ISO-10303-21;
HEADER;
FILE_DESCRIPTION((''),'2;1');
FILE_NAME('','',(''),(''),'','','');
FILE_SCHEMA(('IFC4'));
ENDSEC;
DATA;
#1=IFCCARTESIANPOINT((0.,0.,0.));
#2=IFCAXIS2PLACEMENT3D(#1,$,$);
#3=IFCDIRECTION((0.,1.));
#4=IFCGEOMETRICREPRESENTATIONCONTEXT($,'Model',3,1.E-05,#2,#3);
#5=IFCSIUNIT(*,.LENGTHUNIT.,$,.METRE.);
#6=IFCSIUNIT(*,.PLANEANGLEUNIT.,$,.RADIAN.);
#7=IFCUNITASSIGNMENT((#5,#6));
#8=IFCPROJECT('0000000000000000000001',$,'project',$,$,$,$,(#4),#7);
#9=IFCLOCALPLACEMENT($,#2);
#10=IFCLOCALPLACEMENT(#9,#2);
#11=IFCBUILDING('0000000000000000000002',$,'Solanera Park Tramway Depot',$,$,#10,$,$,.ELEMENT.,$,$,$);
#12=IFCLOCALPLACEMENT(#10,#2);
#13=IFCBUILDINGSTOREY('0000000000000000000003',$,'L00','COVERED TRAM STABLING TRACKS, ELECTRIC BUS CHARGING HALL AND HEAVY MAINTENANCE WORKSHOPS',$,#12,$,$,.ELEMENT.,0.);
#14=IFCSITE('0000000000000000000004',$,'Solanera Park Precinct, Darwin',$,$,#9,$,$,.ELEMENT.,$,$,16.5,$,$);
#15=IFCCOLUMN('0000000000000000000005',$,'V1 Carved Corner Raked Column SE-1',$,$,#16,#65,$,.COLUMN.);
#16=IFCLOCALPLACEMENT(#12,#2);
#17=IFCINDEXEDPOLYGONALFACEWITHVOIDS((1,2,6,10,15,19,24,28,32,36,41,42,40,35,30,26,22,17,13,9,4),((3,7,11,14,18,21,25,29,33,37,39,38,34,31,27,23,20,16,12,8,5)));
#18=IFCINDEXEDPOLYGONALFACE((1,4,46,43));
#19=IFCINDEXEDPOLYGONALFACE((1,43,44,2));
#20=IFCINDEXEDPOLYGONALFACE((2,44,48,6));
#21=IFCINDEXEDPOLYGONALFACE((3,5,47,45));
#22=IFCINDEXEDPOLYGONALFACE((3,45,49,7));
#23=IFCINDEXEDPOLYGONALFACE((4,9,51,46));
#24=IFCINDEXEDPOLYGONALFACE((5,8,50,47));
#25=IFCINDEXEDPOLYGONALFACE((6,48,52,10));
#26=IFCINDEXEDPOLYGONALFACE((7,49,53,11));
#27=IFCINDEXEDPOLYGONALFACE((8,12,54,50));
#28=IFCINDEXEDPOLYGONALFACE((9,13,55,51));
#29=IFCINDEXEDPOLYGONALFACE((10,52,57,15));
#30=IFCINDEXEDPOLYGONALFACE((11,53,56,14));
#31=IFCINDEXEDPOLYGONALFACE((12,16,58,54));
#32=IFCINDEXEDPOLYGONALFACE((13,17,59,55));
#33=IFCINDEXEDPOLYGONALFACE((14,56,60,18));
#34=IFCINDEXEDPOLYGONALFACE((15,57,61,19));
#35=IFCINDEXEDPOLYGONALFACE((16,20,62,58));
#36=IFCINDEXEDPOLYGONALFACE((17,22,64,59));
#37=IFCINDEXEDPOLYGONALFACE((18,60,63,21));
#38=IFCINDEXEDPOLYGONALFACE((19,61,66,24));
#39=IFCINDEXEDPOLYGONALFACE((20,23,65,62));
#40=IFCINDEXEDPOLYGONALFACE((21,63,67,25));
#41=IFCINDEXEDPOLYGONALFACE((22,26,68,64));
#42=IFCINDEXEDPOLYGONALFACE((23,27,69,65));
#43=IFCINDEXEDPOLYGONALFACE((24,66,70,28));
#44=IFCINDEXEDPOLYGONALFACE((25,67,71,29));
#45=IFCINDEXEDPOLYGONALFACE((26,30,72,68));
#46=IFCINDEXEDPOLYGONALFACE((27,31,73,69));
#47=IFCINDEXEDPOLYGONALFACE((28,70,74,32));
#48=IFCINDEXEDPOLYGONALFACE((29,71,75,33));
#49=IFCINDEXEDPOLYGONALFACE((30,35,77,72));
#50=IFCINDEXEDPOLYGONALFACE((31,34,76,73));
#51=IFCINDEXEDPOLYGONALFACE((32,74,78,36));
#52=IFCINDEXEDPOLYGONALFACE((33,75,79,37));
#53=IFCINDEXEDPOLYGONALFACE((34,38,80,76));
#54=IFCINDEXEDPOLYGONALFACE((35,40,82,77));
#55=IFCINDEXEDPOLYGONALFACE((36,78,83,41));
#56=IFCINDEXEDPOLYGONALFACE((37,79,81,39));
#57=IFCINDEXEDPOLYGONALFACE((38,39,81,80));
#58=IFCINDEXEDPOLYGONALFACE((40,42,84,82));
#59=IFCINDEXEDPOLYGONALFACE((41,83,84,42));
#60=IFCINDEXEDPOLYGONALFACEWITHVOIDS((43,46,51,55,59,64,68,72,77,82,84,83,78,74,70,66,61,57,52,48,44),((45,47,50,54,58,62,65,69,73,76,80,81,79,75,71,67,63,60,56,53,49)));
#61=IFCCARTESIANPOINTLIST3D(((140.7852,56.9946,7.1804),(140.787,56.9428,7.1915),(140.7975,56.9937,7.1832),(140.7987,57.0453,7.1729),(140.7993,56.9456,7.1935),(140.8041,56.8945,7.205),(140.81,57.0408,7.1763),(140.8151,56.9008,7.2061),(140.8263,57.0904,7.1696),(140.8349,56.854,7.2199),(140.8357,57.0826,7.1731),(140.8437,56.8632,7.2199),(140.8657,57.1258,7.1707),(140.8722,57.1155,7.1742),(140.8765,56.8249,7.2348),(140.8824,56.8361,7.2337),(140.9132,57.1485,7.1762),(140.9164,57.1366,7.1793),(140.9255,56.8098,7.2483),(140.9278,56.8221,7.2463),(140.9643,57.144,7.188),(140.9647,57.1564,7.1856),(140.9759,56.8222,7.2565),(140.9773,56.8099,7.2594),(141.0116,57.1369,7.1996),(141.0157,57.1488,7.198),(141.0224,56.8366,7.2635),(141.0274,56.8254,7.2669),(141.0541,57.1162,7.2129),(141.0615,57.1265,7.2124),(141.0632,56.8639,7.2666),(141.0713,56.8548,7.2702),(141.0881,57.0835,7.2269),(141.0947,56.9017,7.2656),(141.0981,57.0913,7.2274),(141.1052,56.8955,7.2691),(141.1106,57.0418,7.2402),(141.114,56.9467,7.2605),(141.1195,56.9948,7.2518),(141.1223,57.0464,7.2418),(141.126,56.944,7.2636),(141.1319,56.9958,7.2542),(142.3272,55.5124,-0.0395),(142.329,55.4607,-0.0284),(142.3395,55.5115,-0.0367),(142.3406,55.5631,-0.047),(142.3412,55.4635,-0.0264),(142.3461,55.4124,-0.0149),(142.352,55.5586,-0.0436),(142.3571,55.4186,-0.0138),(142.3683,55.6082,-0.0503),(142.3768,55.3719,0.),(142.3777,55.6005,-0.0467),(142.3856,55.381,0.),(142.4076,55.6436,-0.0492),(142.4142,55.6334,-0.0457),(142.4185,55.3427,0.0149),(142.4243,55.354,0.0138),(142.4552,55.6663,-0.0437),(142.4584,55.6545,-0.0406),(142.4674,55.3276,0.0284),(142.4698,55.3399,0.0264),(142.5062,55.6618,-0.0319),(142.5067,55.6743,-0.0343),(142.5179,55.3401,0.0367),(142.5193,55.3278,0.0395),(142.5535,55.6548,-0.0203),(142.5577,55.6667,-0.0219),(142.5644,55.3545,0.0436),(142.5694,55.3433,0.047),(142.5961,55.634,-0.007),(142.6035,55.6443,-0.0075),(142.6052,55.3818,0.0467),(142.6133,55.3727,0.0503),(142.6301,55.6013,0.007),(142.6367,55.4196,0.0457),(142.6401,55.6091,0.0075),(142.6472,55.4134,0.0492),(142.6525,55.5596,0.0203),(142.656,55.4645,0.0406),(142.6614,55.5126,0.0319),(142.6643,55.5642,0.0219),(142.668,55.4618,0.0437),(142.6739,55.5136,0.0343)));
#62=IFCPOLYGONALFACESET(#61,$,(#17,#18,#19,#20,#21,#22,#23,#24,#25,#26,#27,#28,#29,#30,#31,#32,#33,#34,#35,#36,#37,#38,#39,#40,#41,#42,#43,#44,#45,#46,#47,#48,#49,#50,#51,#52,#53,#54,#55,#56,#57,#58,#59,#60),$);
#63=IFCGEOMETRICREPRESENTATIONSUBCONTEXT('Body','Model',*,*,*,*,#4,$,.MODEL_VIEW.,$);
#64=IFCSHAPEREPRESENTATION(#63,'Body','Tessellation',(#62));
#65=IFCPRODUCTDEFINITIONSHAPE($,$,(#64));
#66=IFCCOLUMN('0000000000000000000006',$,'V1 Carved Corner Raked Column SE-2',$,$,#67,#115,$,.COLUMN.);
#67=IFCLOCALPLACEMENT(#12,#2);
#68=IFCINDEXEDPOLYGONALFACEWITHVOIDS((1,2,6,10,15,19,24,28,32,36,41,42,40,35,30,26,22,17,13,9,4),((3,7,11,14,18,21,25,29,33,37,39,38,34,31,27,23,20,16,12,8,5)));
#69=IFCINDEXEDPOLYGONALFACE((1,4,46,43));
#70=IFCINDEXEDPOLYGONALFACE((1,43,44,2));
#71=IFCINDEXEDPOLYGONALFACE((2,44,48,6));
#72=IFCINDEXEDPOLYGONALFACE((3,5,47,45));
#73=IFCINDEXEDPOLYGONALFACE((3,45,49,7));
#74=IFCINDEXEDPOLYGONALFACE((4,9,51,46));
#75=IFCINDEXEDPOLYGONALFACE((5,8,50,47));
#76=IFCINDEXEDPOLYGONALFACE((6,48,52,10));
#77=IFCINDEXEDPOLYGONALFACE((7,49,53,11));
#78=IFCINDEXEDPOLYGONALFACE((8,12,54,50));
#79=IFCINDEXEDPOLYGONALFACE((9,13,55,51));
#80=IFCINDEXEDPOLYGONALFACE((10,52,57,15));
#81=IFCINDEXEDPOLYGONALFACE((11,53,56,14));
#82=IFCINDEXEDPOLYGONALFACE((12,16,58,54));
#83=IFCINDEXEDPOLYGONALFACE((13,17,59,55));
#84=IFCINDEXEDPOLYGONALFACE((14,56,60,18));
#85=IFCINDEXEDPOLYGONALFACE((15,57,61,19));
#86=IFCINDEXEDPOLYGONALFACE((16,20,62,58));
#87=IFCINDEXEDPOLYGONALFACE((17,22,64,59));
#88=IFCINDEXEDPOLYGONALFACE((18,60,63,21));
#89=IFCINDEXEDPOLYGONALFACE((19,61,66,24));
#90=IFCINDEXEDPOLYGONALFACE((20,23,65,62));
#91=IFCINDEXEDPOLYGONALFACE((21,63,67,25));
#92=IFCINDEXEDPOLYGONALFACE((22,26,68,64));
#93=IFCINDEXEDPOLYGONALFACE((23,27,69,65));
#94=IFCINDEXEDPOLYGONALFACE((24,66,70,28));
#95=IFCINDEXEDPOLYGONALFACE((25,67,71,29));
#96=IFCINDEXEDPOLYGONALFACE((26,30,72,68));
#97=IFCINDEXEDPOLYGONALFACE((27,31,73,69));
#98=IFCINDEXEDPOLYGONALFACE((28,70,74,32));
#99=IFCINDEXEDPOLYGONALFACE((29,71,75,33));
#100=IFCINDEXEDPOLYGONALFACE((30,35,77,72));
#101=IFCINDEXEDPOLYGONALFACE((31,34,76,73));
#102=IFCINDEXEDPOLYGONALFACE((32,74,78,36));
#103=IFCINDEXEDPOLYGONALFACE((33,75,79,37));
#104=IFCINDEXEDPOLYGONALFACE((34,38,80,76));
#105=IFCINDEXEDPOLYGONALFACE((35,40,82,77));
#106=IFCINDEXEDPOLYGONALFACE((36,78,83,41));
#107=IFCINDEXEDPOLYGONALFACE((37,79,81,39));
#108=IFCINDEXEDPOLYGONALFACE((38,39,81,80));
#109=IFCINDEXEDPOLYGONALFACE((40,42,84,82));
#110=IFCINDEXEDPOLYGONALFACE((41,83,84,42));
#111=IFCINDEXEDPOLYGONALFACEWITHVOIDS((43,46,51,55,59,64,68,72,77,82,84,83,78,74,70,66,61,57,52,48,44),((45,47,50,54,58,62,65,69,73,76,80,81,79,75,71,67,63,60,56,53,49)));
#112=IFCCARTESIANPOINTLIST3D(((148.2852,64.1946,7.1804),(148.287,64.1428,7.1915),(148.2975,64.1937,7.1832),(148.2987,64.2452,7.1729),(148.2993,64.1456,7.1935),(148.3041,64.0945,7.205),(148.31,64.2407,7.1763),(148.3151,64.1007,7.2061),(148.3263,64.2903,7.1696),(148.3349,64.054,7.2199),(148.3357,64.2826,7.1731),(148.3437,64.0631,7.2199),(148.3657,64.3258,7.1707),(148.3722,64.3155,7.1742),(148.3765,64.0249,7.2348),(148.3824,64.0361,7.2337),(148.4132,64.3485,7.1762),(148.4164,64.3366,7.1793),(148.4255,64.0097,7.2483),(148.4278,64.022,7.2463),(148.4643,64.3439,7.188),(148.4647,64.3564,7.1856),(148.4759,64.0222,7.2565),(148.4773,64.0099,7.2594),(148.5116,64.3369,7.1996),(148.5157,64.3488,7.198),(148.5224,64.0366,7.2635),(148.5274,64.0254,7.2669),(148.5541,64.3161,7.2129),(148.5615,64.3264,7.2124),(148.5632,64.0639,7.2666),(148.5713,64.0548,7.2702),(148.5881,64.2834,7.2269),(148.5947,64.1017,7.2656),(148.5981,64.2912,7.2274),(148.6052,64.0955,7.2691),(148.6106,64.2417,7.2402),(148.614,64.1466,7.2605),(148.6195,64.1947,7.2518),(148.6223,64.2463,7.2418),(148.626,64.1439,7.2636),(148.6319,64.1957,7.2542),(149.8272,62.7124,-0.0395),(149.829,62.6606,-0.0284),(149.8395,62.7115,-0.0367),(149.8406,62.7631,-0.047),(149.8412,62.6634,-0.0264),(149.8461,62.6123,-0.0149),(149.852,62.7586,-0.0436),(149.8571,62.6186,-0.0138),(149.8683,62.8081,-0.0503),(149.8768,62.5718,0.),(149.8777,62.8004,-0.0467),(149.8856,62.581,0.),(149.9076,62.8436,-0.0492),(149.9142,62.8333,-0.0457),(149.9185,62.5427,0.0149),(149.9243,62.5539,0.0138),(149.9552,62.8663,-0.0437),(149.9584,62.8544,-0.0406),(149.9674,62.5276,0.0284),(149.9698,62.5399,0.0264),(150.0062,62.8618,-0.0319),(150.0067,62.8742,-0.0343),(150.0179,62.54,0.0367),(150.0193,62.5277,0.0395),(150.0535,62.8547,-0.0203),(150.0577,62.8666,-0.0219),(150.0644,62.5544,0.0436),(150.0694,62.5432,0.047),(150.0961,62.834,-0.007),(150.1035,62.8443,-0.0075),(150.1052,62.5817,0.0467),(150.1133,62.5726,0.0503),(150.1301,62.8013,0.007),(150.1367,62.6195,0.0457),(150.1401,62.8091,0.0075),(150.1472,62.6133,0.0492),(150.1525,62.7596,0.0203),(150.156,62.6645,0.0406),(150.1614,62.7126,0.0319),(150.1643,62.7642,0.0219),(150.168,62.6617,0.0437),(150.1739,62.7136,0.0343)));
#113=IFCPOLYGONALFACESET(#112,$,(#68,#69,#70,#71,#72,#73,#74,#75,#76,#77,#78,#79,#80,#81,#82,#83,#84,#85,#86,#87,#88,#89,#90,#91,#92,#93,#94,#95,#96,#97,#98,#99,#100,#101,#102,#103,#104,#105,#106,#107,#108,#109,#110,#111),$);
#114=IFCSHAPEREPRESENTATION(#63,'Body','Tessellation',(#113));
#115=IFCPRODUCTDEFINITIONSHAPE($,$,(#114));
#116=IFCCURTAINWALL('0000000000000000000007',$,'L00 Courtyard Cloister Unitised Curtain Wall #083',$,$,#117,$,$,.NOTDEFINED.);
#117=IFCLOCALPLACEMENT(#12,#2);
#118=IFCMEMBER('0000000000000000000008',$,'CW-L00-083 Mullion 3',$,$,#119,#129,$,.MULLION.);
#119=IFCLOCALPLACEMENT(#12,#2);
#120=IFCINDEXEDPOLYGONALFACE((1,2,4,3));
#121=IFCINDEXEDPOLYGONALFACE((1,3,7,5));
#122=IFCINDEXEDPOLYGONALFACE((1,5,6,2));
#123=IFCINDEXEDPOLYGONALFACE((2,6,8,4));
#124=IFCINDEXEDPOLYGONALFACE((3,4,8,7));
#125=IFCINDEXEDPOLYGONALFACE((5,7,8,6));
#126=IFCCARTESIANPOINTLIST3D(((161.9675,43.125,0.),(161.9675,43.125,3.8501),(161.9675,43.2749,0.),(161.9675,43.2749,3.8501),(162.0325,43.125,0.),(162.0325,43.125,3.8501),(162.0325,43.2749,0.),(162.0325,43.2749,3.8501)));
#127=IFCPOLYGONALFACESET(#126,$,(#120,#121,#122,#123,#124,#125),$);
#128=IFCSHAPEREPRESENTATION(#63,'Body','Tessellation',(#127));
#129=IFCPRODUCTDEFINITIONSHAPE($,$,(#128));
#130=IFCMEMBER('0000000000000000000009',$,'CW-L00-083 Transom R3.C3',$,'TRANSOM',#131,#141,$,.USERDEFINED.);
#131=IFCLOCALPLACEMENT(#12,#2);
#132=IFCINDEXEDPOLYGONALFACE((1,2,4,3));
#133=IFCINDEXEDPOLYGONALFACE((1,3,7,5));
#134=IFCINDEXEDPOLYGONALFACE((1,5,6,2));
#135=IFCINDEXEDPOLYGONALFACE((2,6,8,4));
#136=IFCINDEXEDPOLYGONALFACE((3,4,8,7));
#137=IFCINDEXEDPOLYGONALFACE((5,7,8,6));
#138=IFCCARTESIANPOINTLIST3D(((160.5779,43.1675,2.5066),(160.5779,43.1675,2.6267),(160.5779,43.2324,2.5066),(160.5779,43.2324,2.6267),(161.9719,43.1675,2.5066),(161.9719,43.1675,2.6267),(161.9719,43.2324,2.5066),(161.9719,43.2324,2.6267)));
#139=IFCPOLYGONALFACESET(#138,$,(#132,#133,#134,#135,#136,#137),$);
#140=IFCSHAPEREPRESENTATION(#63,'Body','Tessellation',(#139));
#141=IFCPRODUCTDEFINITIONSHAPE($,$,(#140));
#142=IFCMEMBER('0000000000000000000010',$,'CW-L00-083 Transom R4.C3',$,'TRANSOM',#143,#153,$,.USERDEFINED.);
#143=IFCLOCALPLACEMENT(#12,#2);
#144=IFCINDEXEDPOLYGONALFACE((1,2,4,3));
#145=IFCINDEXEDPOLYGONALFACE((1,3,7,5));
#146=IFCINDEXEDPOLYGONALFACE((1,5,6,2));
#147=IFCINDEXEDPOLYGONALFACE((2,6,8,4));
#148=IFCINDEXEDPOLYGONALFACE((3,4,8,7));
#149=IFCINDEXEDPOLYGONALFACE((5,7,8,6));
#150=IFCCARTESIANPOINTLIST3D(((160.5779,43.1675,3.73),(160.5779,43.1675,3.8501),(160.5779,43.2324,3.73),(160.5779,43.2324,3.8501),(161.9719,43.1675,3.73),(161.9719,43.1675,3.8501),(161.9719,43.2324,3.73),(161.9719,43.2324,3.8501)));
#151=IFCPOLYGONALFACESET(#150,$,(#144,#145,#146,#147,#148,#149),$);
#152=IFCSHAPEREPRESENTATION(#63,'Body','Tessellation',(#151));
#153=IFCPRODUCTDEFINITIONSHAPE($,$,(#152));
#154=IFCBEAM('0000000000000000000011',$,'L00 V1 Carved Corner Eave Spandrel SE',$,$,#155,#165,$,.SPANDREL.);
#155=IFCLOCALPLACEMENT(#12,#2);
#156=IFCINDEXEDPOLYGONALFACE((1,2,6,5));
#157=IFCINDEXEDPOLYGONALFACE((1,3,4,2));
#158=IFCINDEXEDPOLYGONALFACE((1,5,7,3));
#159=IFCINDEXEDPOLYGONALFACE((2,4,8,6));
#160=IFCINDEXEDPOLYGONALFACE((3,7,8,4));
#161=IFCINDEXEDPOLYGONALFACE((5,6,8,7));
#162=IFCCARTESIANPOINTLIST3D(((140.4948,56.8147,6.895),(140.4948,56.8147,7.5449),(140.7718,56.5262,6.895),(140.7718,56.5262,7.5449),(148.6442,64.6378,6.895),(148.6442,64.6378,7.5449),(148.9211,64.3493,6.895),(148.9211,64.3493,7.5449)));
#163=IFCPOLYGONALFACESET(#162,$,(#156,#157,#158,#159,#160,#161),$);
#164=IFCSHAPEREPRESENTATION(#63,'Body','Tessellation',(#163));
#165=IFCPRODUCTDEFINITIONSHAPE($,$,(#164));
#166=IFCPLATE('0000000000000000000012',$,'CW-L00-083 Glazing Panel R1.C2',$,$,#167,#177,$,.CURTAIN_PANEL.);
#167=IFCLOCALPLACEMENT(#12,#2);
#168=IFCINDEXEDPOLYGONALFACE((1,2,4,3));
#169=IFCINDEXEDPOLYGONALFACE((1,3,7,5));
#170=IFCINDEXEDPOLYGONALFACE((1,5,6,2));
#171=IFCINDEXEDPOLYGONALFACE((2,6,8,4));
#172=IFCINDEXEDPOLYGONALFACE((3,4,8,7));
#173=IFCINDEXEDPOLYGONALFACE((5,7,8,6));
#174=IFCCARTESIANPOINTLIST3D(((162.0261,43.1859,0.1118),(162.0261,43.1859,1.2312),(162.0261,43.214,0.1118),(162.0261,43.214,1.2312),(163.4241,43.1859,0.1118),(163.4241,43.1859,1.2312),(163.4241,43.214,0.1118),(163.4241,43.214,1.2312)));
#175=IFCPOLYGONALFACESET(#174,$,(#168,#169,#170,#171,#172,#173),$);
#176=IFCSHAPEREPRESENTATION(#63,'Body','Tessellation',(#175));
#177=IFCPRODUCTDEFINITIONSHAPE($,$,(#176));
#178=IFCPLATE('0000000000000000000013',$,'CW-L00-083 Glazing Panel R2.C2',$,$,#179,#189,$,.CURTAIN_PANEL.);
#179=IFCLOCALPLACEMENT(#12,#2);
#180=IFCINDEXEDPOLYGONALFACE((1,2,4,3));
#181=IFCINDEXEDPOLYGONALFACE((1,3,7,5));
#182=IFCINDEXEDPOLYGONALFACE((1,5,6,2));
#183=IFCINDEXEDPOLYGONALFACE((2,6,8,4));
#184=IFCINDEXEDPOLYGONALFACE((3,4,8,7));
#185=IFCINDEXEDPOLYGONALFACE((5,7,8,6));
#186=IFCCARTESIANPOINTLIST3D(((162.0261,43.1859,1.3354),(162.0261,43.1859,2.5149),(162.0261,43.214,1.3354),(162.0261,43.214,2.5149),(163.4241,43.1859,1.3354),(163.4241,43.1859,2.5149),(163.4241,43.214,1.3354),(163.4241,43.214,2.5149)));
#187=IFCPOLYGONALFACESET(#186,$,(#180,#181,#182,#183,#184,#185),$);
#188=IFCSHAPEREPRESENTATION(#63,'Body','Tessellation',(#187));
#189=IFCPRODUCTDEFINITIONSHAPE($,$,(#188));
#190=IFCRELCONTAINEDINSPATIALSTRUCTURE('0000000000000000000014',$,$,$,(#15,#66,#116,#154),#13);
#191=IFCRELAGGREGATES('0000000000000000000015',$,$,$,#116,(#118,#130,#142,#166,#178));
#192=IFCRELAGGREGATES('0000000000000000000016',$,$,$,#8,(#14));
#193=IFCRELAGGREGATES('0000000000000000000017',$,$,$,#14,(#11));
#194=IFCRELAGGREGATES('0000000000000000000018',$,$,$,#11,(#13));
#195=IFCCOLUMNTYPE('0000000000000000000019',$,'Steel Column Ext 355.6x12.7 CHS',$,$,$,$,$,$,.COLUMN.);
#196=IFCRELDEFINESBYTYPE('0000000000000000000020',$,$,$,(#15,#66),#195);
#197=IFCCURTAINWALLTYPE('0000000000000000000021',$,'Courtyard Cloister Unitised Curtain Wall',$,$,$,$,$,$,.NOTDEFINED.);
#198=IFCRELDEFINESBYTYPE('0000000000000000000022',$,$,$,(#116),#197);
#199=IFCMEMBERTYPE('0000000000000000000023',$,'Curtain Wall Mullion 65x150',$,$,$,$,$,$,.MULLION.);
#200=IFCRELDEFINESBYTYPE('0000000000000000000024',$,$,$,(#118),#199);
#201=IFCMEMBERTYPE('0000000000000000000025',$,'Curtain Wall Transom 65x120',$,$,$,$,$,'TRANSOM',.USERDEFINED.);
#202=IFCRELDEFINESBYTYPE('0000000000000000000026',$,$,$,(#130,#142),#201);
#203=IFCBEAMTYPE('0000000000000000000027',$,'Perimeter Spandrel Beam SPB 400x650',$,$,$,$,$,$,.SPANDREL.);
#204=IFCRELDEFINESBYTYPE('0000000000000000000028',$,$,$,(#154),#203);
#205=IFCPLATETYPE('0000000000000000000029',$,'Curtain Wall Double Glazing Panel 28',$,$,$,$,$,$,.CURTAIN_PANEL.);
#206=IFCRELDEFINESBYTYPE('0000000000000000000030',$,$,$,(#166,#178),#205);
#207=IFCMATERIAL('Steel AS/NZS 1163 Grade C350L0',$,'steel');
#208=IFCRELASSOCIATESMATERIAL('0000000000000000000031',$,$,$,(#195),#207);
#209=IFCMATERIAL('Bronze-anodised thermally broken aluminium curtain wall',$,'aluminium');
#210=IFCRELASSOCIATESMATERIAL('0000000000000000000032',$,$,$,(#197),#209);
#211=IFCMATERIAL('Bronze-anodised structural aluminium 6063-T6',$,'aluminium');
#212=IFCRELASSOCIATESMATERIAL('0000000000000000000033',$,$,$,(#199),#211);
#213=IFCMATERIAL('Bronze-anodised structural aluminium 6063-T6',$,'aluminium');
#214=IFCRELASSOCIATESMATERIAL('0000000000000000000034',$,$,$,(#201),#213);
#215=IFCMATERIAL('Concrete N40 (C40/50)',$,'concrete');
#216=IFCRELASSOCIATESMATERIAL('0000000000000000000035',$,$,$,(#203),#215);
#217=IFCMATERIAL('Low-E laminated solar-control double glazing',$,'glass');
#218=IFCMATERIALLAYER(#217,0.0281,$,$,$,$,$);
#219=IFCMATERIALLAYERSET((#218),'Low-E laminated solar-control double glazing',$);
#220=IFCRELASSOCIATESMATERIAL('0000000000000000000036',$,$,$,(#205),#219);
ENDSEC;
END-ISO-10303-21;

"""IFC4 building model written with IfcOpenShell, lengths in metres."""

from ifc_helpers import new_model, si_unit, direction, frame, origin, origin_2d, place, context, subcontext, project, spatial, rectangle, hollow_circle, extrude, material, layer, layer_set, material_profile, profile_set, type_object, element, aggregate, save


model = new_model("IFC4")

# Units and contexts
model_context = context("Model", 3, precision=1e-05, world=origin(), true_north=direction((0.0, 1.0)))
body_context = subcontext(model_context, "Body", "Model", "MODEL_VIEW")
ifc_project = project(units=[si_unit("LENGTHUNIT", "METRE"), si_unit("PLANEANGLEUNIT", "RADIAN")], contexts=[model_context])

# Site, building, storey
site_placement = place(None, origin())
site = spatial("IfcSite", under=ifc_project, at=site_placement, Name="Solanera Park Precinct, Darwin", CompositionType="ELEMENT", RefElevation=16.5)
building_placement = place(site_placement, origin())
building = spatial("IfcBuilding", under=site, at=building_placement, Name="Solanera Park Tramway Depot", CompositionType="ELEMENT")
storey_placement = place(building_placement, origin())
storey = spatial("IfcBuildingStorey", under=building, at=storey_placement, Name="L00", Description="COVERED TRAM STABLING TRACKS, ELECTRIC BUS CHARGING HALL AND HEAVY MAINTENANCE WORKSHOPS", CompositionType="ELEMENT", Elevation=0.0)

# Columns
ifc_material_1 = material(Name="Steel AS/NZS 1163 Grade C350L0", Category="steel")
ifc_material_profile_1 = material_profile(ifc_material_1, hollow_circle(Radius=0.1777, WallThickness=0.0127, at=origin_2d()), Name="355.6x12.7 CHS")
ifc_profile_set_1 = profile_set([ifc_material_profile_1], Name="Steel AS/NZS 1163 Grade C350L0")
column_type_1 = type_object("IfcColumnType", Name="Steel Column Ext 355.6x12.7 CHS", PredefinedType="COLUMN", material=ifc_profile_set_1)
for number, where, z_axis, x_axis, name in (
    (1, (142.5, 55.5, 0.0), (-0.204777, 0.196833, 0.958813), (-0.692986, -0.720952, 0.0), "V1 Carved Corner Raked Column SE-1"),
    (2, (150.0, 62.7, 0.0), (-0.204777, 0.196833, 0.958813), (-0.692986, -0.720952, 0.0), "V1 Carved Corner Raked Column SE-2"),
):
    element("IfcColumn", number, at=place(storey_placement, frame(where, z_axis=z_axis, x_axis=x_axis)), inside=storey, type_object=column_type_1, Name=name, PredefinedType="COLUMN", context=body_context, shape_type="SweptSolid", body=[
        extrude(hollow_circle(Radius=0.1777, WallThickness=0.0127, at=origin_2d()), origin(), (0.0, 0.0, 1.0), 7.53),
    ])

# Curtain wall, members
ifc_material_2 = material(Name="Bronze-anodised thermally broken aluminium curtain wall", Category="aluminium")
curtain_wall_type = type_object("IfcCurtainWallType", Name="Courtyard Cloister Unitised Curtain Wall", PredefinedType="NOTDEFINED", material=ifc_material_2)
curtain_wall_placement = place(storey_placement, origin())
curtain_wall = element("IfcCurtainWall", 3, at=curtain_wall_placement, inside=storey, type_object=curtain_wall_type, Name="L00 Courtyard Cloister Unitised Curtain Wall #083", PredefinedType="NOTDEFINED")
ifc_material_3 = material(Name="Bronze-anodised structural aluminium 6063-T6", Category="aluminium")
ifc_material_profile_2 = material_profile(ifc_material_3, rectangle(XDim=0.0649, YDim=0.1499, at=origin_2d()), Name="Curtain Wall Mullion 65x150")
ifc_profile_set_2 = profile_set([ifc_material_profile_2], Name="Bronze-anodised structural aluminium 6063-T6")
member_type_1 = type_object("IfcMemberType", Name="Curtain Wall Mullion 65x150", PredefinedType="MULLION", material=ifc_profile_set_2)
member_1_placement = place(storey_placement, frame((162.0, 43.2, 0.0), z_axis=(0.0, 0.0, 1.0), x_axis=(1.0, 0.0, 0.0)))
member_1 = element("IfcMember", 4, at=member_1_placement, type_object=member_type_1, Name="CW-L00-083 Mullion 3", PredefinedType="MULLION", context=body_context, shape_type="SweptSolid", body=[
    extrude(rectangle(XDim=0.0649, YDim=0.1499, at=origin_2d()), origin(), (0.0, 0.0, 1.0), 3.8501),
])
ifc_material_4 = material(Name="Bronze-anodised structural aluminium 6063-T6", Category="aluminium")
ifc_material_profile_3 = material_profile(ifc_material_4, rectangle(XDim=0.0649, YDim=0.1201, at=origin_2d()), Name="Curtain Wall Transom 65x120")
ifc_profile_set_3 = profile_set([ifc_material_profile_3], Name="Bronze-anodised structural aluminium 6063-T6")
member_type_2 = type_object("IfcMemberType", Name="Curtain Wall Transom 65x120", ElementType="TRANSOM", PredefinedType="USERDEFINED", material=ifc_profile_set_3)
member_2_placement = place(storey_placement, frame((161.9719, 43.2, 2.5667), z_axis=(-1.0, 0.0, 0.0), x_axis=(0.0, -1.0, 0.0)))
member_2 = element("IfcMember", 5, at=member_2_placement, type_object=member_type_2, Name="CW-L00-083 Transom R3.C3", ObjectType="TRANSOM", PredefinedType="USERDEFINED", context=body_context, shape_type="SweptSolid", body=[
    extrude(rectangle(XDim=0.0649, YDim=0.1201, at=origin_2d()), origin(), (0.0, 0.0, 1.0), 1.394),
])
member_3_placement = place(storey_placement, frame((161.9719, 43.2, 3.79), z_axis=(-1.0, 0.0, 0.0), x_axis=(0.0, -1.0, 0.0)))
member_3 = element("IfcMember", 6, at=member_3_placement, type_object=member_type_2, Name="CW-L00-083 Transom R4.C3", ObjectType="TRANSOM", PredefinedType="USERDEFINED", context=body_context, shape_type="SweptSolid", body=[
    extrude(rectangle(XDim=0.0649, YDim=0.1201, at=origin_2d()), origin(), (0.0, 0.0, 1.0), 1.394),
])

# Beam
ifc_material_5 = material(Name="Concrete N40 (C40/50)", Category="concrete")
ifc_material_profile_4 = material_profile(ifc_material_5, rectangle(XDim=0.3999, YDim=0.6499, at=origin_2d()), Name="SPB 400x650")
ifc_profile_set_4 = profile_set([ifc_material_profile_4], Name="Concrete N40 (C40/50)")
beam_type = type_object("IfcBeamType", Name="Perimeter Spandrel Beam SPB 400x650", PredefinedType="SPANDREL", material=ifc_profile_set_4)
beam_placement = place(storey_placement, frame((140.6333, 56.6704, 7.22), z_axis=(0.721396, 0.692523, 0.0), x_axis=(-0.692523, 0.721396, 0.0)))
element("IfcBeam", 7, at=beam_placement, inside=storey, type_object=beam_type, Name="L00 V1 Carved Corner Eave Spandrel SE", PredefinedType="SPANDREL", context=body_context, shape_type="SweptSolid", body=[
    extrude(rectangle(XDim=0.3999, YDim=0.6499, at=origin_2d()), origin(), (0.0, 0.0, 1.0), 11.2966),
])

# Plates
ifc_material_6 = material(Name="Low-E laminated solar-control double glazing", Category="glass")
ifc_layer_1 = layer(ifc_material_6, 0.0281)
ifc_layer_set_1 = layer_set([ifc_layer_1], Name="Low-E laminated solar-control double glazing")
plate_type = type_object("IfcPlateType", Name="Curtain Wall Double Glazing Panel 28", PredefinedType="CURTAIN_PANEL", material=ifc_layer_set_1)
plate_1_placement = place(storey_placement, frame((162.7251, 43.2, 0.1118), z_axis=(0.0, 0.0, 1.0), x_axis=(-1.0, 0.0, 0.0)))
plate_1 = element("IfcPlate", 8, at=plate_1_placement, type_object=plate_type, Name="CW-L00-083 Glazing Panel R1.C2", PredefinedType="CURTAIN_PANEL", context=body_context, shape_type="SweptSolid", body=[
    extrude(rectangle(XDim=1.3979, YDim=0.0281, at=origin_2d()), origin(), (0.0, 0.0, 1.0), 1.1194),
])
plate_2_placement = place(storey_placement, frame((162.7251, 43.2, 1.3354), z_axis=(0.0, 0.0, 1.0), x_axis=(-1.0, 0.0, 0.0)))
plate_2 = element("IfcPlate", 9, at=plate_2_placement, type_object=plate_type, Name="CW-L00-083 Glazing Panel R2.C2", PredefinedType="CURTAIN_PANEL", context=body_context, shape_type="SweptSolid", body=[
    extrude(rectangle(XDim=1.3979, YDim=0.0281, at=origin_2d()), origin(), (0.0, 0.0, 1.0), 1.1794),
])
aggregate(curtain_wall, [member_1, member_2, member_3, plate_1, plate_2])

save(model, "model.ifc")
